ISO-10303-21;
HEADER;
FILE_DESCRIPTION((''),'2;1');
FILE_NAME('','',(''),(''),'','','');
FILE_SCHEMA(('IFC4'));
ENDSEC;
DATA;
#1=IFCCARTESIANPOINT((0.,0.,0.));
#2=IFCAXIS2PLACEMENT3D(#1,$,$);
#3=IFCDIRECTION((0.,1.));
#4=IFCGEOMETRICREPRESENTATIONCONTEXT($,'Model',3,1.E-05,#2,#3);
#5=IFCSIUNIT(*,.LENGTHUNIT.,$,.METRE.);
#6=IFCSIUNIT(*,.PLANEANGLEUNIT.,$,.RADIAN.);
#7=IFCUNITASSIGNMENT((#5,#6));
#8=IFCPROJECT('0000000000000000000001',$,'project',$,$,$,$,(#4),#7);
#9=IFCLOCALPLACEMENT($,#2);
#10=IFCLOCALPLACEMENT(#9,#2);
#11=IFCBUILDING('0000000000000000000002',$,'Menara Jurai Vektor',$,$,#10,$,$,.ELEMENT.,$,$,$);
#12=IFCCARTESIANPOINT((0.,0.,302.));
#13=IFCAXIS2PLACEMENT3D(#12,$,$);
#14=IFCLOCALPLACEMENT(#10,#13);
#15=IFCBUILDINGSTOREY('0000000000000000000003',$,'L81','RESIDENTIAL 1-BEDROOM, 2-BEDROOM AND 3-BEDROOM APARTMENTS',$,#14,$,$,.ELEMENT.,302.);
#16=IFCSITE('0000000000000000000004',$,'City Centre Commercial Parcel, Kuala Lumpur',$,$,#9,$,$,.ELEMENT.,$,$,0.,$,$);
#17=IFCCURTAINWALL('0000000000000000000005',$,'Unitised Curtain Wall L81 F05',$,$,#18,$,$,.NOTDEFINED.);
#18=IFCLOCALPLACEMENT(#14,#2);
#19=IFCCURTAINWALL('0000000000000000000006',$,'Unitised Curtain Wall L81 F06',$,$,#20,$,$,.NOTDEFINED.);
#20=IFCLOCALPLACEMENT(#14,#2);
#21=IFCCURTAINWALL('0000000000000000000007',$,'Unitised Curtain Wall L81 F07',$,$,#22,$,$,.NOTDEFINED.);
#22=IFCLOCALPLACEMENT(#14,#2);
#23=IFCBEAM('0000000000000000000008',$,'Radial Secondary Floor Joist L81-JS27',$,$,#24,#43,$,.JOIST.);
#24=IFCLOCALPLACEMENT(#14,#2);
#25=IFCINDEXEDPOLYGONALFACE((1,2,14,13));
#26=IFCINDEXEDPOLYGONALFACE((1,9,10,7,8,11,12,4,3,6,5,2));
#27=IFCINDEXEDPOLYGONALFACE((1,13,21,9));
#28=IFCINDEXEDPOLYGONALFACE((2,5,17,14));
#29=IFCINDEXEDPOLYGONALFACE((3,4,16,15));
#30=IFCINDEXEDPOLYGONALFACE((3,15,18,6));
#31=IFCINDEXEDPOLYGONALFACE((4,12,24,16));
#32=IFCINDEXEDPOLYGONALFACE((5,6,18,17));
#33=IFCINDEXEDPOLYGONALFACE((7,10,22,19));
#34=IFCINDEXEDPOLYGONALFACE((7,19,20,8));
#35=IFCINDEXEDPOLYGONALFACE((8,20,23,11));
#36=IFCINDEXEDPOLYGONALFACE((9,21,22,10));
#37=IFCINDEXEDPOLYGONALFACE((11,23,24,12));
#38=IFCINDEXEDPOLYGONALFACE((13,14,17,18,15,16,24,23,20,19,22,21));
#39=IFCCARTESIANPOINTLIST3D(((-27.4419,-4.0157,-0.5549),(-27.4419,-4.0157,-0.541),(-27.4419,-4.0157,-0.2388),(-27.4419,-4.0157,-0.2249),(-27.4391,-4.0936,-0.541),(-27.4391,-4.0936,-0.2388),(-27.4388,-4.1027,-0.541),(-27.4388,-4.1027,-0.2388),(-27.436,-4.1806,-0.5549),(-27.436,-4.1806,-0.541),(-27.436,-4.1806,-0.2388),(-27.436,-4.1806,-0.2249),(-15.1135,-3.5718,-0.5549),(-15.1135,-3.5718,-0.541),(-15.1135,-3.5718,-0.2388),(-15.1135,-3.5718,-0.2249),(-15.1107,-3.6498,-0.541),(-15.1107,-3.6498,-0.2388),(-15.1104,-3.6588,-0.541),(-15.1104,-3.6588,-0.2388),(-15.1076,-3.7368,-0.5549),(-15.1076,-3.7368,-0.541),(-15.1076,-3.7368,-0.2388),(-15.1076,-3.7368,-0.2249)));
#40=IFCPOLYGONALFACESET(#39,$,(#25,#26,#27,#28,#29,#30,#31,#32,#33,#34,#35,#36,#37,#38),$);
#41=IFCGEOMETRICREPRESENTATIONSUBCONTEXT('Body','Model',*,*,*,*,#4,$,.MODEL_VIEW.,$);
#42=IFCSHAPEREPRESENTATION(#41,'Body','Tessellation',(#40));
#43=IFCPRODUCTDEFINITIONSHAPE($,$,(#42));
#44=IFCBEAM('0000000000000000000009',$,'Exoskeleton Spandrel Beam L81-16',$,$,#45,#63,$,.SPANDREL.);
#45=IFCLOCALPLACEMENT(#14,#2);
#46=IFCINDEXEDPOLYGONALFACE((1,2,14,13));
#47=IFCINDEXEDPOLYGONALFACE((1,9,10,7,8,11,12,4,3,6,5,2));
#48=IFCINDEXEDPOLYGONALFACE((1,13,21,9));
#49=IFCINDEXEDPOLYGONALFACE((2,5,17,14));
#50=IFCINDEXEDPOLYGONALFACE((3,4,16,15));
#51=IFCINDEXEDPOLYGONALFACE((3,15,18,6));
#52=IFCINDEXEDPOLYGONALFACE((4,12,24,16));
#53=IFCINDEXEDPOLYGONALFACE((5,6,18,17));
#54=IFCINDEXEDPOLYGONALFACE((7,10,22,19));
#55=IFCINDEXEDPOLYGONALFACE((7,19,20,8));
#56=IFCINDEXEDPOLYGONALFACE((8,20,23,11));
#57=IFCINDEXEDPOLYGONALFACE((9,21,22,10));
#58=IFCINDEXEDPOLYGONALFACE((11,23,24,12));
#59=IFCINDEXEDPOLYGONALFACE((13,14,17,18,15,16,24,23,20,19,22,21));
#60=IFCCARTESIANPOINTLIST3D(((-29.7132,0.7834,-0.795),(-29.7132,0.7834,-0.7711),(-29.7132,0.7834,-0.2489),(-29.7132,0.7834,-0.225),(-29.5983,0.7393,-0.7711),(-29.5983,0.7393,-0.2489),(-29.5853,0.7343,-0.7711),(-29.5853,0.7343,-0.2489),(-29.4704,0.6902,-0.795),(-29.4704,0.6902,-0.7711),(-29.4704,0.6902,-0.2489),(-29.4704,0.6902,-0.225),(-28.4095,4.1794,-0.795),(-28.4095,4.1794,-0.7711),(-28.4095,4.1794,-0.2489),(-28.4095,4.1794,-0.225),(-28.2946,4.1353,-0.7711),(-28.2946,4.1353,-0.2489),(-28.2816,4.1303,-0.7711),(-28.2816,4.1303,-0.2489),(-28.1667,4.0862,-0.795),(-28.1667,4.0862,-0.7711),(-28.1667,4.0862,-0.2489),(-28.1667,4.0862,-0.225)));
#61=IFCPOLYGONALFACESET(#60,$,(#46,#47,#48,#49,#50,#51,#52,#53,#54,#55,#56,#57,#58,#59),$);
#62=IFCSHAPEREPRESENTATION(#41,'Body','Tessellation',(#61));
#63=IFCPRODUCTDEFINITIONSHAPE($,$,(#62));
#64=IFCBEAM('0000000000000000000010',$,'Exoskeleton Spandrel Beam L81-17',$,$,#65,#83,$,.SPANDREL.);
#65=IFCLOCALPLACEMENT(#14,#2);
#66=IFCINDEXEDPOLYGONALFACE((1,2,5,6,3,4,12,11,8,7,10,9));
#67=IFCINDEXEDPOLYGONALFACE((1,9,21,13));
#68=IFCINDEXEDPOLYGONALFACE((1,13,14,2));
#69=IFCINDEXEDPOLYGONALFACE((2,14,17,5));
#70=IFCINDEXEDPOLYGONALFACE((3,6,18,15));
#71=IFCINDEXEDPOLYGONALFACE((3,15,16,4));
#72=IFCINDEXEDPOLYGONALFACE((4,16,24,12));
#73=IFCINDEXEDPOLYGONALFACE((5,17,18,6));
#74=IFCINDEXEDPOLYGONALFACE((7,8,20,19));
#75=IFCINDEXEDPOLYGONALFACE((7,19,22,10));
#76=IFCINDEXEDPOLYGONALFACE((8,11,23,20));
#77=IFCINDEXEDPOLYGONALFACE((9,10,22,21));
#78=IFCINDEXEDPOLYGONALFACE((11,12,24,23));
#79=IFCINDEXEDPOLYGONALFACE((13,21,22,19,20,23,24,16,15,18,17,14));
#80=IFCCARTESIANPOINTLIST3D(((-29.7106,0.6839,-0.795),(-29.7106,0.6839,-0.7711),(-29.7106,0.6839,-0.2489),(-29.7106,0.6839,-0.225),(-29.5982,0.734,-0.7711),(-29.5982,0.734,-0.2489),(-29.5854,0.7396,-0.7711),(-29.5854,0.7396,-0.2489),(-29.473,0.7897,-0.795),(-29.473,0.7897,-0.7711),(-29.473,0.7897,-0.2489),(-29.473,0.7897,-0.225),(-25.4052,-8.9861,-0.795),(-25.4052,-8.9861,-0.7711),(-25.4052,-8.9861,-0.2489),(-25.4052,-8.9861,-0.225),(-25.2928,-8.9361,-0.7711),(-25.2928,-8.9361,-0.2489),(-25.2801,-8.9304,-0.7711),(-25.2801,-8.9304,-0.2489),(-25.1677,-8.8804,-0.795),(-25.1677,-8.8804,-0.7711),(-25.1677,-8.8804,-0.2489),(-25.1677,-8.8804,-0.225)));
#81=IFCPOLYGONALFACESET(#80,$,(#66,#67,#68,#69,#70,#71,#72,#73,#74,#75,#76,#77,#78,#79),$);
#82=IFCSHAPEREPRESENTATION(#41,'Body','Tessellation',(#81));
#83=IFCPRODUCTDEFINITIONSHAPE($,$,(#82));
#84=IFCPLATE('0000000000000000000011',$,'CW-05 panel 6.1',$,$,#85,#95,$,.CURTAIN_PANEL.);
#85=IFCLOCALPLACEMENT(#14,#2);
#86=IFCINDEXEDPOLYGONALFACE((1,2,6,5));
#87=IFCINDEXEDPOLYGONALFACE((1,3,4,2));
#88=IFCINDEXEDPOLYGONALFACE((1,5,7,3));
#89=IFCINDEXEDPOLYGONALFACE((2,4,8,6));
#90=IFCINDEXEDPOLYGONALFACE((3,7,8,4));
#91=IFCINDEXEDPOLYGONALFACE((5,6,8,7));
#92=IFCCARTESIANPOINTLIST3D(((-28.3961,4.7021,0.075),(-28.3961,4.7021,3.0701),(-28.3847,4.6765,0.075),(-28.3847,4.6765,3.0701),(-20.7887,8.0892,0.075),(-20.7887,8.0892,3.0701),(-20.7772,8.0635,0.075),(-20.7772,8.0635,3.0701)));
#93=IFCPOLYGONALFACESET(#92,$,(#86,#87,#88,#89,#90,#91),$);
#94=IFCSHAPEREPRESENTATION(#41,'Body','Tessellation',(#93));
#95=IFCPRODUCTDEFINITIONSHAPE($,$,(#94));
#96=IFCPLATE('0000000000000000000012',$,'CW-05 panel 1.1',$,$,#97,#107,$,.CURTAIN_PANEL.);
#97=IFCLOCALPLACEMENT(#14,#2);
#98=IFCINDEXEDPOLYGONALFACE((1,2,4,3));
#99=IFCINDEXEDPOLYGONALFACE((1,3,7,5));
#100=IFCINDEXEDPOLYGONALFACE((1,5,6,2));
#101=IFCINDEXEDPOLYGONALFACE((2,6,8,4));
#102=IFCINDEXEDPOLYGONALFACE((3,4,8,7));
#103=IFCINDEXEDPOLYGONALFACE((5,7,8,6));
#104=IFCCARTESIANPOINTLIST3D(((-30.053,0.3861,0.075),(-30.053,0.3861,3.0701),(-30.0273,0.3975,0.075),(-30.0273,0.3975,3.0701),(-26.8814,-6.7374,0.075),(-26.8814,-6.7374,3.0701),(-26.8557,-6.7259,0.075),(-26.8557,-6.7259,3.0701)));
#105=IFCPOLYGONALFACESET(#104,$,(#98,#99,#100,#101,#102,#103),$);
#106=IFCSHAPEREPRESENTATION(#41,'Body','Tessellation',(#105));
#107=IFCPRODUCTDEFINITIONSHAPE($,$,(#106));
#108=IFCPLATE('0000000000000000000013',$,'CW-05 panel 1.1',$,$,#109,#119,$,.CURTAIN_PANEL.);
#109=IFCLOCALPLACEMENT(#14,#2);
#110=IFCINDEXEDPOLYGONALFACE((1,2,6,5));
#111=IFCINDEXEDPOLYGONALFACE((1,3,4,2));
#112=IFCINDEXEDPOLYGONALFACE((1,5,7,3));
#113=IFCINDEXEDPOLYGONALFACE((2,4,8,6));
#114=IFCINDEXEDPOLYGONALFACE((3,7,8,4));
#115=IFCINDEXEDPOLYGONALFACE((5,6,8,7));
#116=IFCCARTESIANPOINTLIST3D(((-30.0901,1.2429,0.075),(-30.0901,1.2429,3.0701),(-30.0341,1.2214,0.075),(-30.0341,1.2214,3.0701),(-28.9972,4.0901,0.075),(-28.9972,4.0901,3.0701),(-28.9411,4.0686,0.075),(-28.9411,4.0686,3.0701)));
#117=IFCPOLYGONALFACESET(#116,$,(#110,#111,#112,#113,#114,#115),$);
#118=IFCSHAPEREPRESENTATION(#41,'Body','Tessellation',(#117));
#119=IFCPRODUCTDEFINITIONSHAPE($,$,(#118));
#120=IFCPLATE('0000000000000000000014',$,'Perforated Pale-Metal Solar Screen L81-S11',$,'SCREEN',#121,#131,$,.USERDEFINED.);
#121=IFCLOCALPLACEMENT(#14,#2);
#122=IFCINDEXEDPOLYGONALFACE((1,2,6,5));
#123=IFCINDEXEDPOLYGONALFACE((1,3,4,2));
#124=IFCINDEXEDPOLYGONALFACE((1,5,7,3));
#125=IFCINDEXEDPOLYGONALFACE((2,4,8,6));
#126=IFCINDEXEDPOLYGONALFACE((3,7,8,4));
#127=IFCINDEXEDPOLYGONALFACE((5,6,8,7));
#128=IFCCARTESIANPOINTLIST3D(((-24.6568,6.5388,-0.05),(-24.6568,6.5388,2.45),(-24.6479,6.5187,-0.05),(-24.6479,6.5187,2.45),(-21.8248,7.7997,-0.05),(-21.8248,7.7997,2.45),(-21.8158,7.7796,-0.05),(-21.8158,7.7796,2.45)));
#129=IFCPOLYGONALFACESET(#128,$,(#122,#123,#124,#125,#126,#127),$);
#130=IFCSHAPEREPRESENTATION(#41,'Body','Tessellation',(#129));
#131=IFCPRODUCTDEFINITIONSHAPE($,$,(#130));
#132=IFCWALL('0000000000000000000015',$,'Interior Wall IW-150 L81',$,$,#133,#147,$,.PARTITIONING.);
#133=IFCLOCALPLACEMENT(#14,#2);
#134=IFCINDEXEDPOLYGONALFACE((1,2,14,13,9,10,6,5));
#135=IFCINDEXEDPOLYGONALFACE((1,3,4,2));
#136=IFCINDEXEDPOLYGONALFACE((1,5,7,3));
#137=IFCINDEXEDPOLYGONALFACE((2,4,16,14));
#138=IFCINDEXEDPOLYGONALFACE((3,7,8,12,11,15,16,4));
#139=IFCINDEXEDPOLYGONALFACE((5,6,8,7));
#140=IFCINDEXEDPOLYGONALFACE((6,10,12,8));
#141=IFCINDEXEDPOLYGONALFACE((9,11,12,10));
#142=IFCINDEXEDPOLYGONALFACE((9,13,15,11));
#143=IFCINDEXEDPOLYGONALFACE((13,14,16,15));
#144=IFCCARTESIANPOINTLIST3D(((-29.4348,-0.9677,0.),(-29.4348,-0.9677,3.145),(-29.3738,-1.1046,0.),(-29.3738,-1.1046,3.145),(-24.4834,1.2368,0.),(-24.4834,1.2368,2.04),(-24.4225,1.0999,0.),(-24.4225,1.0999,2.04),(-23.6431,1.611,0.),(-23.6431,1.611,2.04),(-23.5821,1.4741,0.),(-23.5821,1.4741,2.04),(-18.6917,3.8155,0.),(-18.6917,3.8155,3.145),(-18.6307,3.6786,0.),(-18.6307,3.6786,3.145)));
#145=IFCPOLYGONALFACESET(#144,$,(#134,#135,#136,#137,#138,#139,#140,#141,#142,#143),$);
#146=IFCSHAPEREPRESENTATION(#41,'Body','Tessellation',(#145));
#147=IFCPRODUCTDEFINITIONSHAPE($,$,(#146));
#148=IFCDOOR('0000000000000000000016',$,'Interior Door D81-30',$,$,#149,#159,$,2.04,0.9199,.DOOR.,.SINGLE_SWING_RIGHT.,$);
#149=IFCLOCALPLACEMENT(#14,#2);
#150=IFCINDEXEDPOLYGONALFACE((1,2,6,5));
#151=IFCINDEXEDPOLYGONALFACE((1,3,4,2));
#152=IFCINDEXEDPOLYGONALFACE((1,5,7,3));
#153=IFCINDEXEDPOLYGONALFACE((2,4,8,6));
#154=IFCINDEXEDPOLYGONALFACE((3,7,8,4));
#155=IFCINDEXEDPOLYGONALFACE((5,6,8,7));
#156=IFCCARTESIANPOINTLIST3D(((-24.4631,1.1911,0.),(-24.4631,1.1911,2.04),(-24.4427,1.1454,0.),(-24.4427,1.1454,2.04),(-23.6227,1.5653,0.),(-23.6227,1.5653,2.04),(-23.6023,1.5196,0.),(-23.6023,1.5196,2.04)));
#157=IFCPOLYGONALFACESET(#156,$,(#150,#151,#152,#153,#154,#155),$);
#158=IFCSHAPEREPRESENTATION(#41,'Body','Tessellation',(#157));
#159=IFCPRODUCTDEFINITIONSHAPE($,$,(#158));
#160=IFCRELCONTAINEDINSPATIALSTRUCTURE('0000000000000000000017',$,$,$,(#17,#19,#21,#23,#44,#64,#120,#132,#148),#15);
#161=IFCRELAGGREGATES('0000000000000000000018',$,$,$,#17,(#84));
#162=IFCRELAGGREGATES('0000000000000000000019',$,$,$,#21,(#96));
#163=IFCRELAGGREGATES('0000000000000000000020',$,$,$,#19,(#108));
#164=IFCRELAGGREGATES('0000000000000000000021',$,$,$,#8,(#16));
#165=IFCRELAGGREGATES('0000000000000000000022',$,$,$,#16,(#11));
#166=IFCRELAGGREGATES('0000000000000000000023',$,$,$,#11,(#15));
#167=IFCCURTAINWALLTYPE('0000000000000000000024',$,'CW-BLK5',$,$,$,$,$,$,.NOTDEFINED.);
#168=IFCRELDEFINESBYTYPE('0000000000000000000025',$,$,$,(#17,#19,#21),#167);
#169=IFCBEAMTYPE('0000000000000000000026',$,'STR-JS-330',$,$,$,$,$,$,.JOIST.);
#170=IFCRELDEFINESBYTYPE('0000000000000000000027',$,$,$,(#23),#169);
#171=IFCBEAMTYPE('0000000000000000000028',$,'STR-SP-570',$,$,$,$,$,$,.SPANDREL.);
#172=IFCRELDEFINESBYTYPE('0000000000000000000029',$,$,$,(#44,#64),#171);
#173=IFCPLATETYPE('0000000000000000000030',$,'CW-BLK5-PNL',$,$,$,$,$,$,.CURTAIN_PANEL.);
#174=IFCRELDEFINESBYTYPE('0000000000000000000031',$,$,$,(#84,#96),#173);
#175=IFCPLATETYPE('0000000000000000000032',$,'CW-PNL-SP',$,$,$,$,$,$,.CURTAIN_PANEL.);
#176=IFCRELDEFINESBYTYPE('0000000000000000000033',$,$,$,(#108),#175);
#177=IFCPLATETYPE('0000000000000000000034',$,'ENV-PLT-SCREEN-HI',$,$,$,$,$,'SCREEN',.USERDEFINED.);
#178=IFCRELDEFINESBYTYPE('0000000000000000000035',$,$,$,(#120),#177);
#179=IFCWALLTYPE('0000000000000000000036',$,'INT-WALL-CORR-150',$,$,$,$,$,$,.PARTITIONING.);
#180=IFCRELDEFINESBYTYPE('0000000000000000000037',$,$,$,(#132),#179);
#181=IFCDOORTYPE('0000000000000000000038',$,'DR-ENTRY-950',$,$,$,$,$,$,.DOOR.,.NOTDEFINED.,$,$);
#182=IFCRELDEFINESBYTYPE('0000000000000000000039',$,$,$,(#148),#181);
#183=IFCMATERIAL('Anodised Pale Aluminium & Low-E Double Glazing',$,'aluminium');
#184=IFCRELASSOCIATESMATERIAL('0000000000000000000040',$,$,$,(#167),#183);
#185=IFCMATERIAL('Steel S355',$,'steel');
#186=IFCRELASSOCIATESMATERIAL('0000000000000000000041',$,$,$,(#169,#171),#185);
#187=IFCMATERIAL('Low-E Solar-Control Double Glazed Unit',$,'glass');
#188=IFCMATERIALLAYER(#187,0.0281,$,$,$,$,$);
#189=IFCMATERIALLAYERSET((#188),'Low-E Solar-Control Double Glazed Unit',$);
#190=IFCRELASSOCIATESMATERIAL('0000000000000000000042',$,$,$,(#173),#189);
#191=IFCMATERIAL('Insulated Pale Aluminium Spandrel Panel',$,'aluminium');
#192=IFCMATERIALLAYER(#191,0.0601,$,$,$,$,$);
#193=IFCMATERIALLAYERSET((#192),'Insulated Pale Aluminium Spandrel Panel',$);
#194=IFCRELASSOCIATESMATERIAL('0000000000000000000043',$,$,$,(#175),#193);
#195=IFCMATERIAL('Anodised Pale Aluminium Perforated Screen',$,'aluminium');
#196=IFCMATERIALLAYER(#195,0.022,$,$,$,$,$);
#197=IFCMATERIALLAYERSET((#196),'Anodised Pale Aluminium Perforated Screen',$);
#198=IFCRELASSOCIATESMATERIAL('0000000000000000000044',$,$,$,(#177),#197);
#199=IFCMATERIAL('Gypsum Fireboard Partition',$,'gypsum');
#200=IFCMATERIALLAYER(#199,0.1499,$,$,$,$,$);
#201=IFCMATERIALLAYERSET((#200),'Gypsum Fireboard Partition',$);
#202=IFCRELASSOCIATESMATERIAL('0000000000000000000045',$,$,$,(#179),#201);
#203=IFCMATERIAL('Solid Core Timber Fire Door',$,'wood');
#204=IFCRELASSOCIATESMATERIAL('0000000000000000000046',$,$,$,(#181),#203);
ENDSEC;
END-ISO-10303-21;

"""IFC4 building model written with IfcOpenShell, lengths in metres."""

from ifc_helpers import new_model, si_unit, direction, frame, frame_2d, origin, origin_2d, place, context, subcontext, project, spatial, rectangle, i_section, extrude, material, layer, layer_set, material_profile, profile_set, type_object, element, fill, aggregate, save


model = new_model("IFC4")

# Units and contexts
model_context = context("Model", 3, precision=1e-05, world=origin(), true_north=direction((0.0, 1.0)))
body_context = subcontext(model_context, "Body", "Model", "MODEL_VIEW")
ifc_project = project(units=[si_unit("LENGTHUNIT", "METRE"), si_unit("PLANEANGLEUNIT", "RADIAN")], contexts=[model_context])

# Site, building, storey
site_placement = place(None, origin())
site = spatial("IfcSite", under=ifc_project, at=site_placement, Name="City Centre Commercial Parcel, Kuala Lumpur", CompositionType="ELEMENT", RefElevation=0.0)
building_placement = place(site_placement, origin())
building = spatial("IfcBuilding", under=site, at=building_placement, Name="Menara Jurai Vektor", CompositionType="ELEMENT")
storey_placement = place(building_placement, frame((0.0, 0.0, 302.0)))
storey = spatial("IfcBuildingStorey", under=building, at=storey_placement, Name="L81", Description="RESIDENTIAL 1-BEDROOM, 2-BEDROOM AND 3-BEDROOM APARTMENTS", CompositionType="ELEMENT", Elevation=302.0)

# Curtain wall
ifc_material_1 = material(Name="Anodised Pale Aluminium & Low-E Double Glazing", Category="aluminium")
curtain_wall_type = type_object("IfcCurtainWallType", Name="CW-BLK5", PredefinedType="NOTDEFINED", material=ifc_material_1)
curtain_wall_1_placement = place(storey_placement, origin())
curtain_wall_1 = element("IfcCurtainWall", 1, at=curtain_wall_1_placement, inside=storey, type_object=curtain_wall_type, Name="Unitised Curtain Wall L81 F05", PredefinedType="NOTDEFINED")

# Curtain wall
curtain_wall_2_placement = place(storey_placement, origin())
curtain_wall_2 = element("IfcCurtainWall", 2, at=curtain_wall_2_placement, inside=storey, type_object=curtain_wall_type, Name="Unitised Curtain Wall L81 F06", PredefinedType="NOTDEFINED")

# Curtain wall
curtain_wall_3_placement = place(storey_placement, origin())
curtain_wall_3 = element("IfcCurtainWall", 3, at=curtain_wall_3_placement, inside=storey, type_object=curtain_wall_type, Name="Unitised Curtain Wall L81 F07", PredefinedType="NOTDEFINED")

# Shared definitions
ifc_material_2 = material(Name="Steel S355", Category="steel")

# Beams
ifc_material_profile_1 = material_profile(ifc_material_2, i_section(OverallWidth=0.165, OverallDepth=0.3301, WebThickness=0.009, FlangeThickness=0.0139, at=origin_2d()), Name="PG 330x165x46")
ifc_profile_set_1 = profile_set([ifc_material_profile_1], Name="Steel S355")
beam_type_1 = type_object("IfcBeamType", Name="STR-JS-330", PredefinedType="JOIST", material=ifc_profile_set_1)
beam_1_placement = place(storey_placement, frame((-27.439, -4.0981, -0.3899), z_axis=(0.999353, 0.035979, 0.0), x_axis=(-0.035979, 0.999353, 0.0)))
element("IfcBeam", 4, at=beam_1_placement, inside=storey, type_object=beam_type_1, Name="Radial Secondary Floor Joist L81-JS27", PredefinedType="JOIST", context=body_context, shape_type="SweptSolid", body=[
    extrude(i_section(OverallWidth=0.165, OverallDepth=0.3301, WebThickness=0.009, FlangeThickness=0.0139, at=origin_2d()), origin(), (0.0, 0.0, 1.0), 12.3364),
])
ifc_material_profile_2 = material_profile(ifc_material_2, i_section(OverallWidth=0.26, OverallDepth=0.5701, WebThickness=0.0139, FlangeThickness=0.0239, at=origin_2d()), Name="PG 570x260x145")
ifc_profile_set_2 = profile_set([ifc_material_profile_2], Name="Steel S355")
beam_type_2 = type_object("IfcBeamType", Name="STR-SP-570", PredefinedType="SPANDREL", material=ifc_profile_set_2)
beam_2_placement = place(storey_placement, frame((-28.2881, 4.1328, -0.51), z_axis=(-0.358394, -0.93357, 0.0), x_axis=(0.93357, -0.358394, 0.0)))
element("IfcBeam", 5, at=beam_2_placement, inside=storey, type_object=beam_type_2, Name="Exoskeleton Spandrel Beam L81-16", PredefinedType="SPANDREL", context=body_context, shape_type="SweptSolid", body=[
    extrude(i_section(OverallWidth=0.26, OverallDepth=0.5701, WebThickness=0.0139, FlangeThickness=0.0239, at=origin_2d()), origin(), (0.0, 0.0, 1.0), 3.6377),
])
beam_3_placement = place(storey_placement, frame((-29.5918, 0.7368, -0.51), z_axis=(0.406735, -0.913546, 0.0), x_axis=(0.913546, 0.406735, 0.0)))
element("IfcBeam", 6, at=beam_3_placement, inside=storey, type_object=beam_type_2, Name="Exoskeleton Spandrel Beam L81-17", PredefinedType="SPANDREL", context=body_context, shape_type="SweptSolid", body=[
    extrude(i_section(OverallWidth=0.26, OverallDepth=0.5701, WebThickness=0.0139, FlangeThickness=0.0239, at=origin_2d()), origin(), (0.0, 0.0, 1.0), 10.5852),
])

# Plates
ifc_material_3 = material(Name="Low-E Solar-Control Double Glazed Unit", Category="glass")
ifc_layer_1 = layer(ifc_material_3, 0.0281)
ifc_layer_set_1 = layer_set([ifc_layer_1], Name="Low-E Solar-Control Double Glazed Unit")
plate_type_1 = type_object("IfcPlateType", Name="CW-BLK5-PNL", PredefinedType="CURTAIN_PANEL", material=ifc_layer_set_1)
plate_1_placement = place(storey_placement, frame((-24.5867, 6.3828, 0.075), z_axis=(0.0, 0.0, 1.0), x_axis=(-0.913546, -0.406735, 0.0)))
plate_1 = element("IfcPlate", 7, at=plate_1_placement, type_object=plate_type_1, Name="CW-05 panel 6.1", PredefinedType="CURTAIN_PANEL", context=body_context, shape_type="SweptSolid", body=[
    extrude(rectangle(XDim=8.3274, YDim=0.0281, at=origin_2d()), origin(), (0.0, 0.0, 1.0), 2.9951),
])
aggregate(curtain_wall_1, [plate_1])
plate_2_placement = place(storey_placement, frame((-28.4543, -3.1699, 0.075), z_axis=(0.0, 0.0, 1.0), x_axis=(0.406735, -0.913546, 0.0)))
plate_2 = element("IfcPlate", 8, at=plate_2_placement, type_object=plate_type_1, Name="CW-05 panel 1.1", PredefinedType="CURTAIN_PANEL", context=body_context, shape_type="SweptSolid", body=[
    extrude(rectangle(XDim=7.7976, YDim=0.0281, at=origin_2d()), origin(), (0.0, 0.0, 1.0), 2.9951),
])
aggregate(curtain_wall_3, [plate_2])
ifc_material_4 = material(Name="Insulated Pale Aluminium Spandrel Panel", Category="aluminium")
ifc_layer_2 = layer(ifc_material_4, 0.0601)
ifc_layer_set_2 = layer_set([ifc_layer_2], Name="Insulated Pale Aluminium Spandrel Panel")
plate_type_2 = type_object("IfcPlateType", Name="CW-PNL-SP", PredefinedType="CURTAIN_PANEL", material=ifc_layer_set_2)
plate_3_placement = place(storey_placement, frame((-29.5156, 2.6558, 0.075), z_axis=(0.0, 0.0, 1.0), x_axis=(-0.358374, -0.933578, 0.0)))
plate_3 = element("IfcPlate", 9, at=plate_3_placement, type_object=plate_type_2, Name="CW-05 panel 1.1", PredefinedType="CURTAIN_PANEL", context=body_context, shape_type="SweptSolid", body=[
    extrude(rectangle(XDim=3.0498, YDim=0.0601, at=origin_2d()), origin(), (0.0, 0.0, 1.0), 2.9951),
])
aggregate(curtain_wall_2, [plate_3])
ifc_material_5 = material(Name="Anodised Pale Aluminium Perforated Screen", Category="aluminium")
ifc_layer_3 = layer(ifc_material_5, 0.022)
ifc_layer_set_3 = layer_set([ifc_layer_3], Name="Anodised Pale Aluminium Perforated Screen")
plate_type_3 = type_object("IfcPlateType", Name="ENV-PLT-SCREEN-HI", ElementType="SCREEN", PredefinedType="USERDEFINED", material=ifc_layer_set_3)
plate_4_placement = place(storey_placement, frame((-23.2363, 7.1592, -0.05), z_axis=(0.0, 0.0, 1.0), x_axis=(-0.913545, -0.406737, 0.0)))
element("IfcPlate", 10, at=plate_4_placement, inside=storey, type_object=plate_type_3, Name="Perforated Pale-Metal Solar Screen L81-S11", ObjectType="SCREEN", PredefinedType="USERDEFINED", context=body_context, shape_type="SweptSolid", body=[
    extrude(rectangle(XDim=3.1001, YDim=0.022, at=origin_2d()), origin(), (0.0, 0.0, 1.0), 2.5),
])

# Wall, opening, door
ifc_material_6 = material(Name="Gypsum Fireboard Partition", Category="gypsum")
ifc_layer_4 = layer(ifc_material_6, 0.1499)
ifc_layer_set_4 = layer_set([ifc_layer_4], Name="Gypsum Fireboard Partition")
wall_type = type_object("IfcWallType", Name="INT-WALL-CORR-150", PredefinedType="PARTITIONING", material=ifc_layer_set_4)
wall_1_placement = place(storey_placement, frame((-29.4043, -1.0361, 0.0), z_axis=(0.0, 0.0, 1.0), x_axis=(0.913544, 0.406739, 0.0)))
wall_1 = element("IfcWall", 11, at=wall_1_placement, inside=storey, type_object=wall_type, Name="Interior Wall IW-150 L81", PredefinedType="PARTITIONING", context=body_context, shape_type="SweptSolid", body=[
    extrude(rectangle(XDim=11.7598, YDim=0.1499, at=frame_2d((5.8799, 0.0))), origin(), (0.0, 0.0, 1.0), 3.145),
])
opening_1_placement = place(wall_1_placement, frame((5.4199, 0.0, 0.0)))
opening_1 = element("IfcOpeningElement", 12, at=opening_1_placement, cuts=wall_1, PredefinedType="OPENING", context=body_context, shape_type="SweptSolid", body=[
    extrude(rectangle(XDim=0.9199, YDim=2.04, at=frame_2d((0.46, 1.02))), frame((0.0, 0.085, 0.0), z_axis=(0.0, -1.0, 0.0), x_axis=(1.0, 0.0, 0.0)), (0.0, 0.0, 1.0), 0.1699),
])
ifc_material_7 = material(Name="Solid Core Timber Fire Door", Category="wood")
door_type = type_object("IfcDoorType", Name="DR-ENTRY-950", OperationType="NOTDEFINED", PredefinedType="DOOR", material=ifc_material_7)
door_1_placement = place(opening_1_placement, origin())
door_1 = element("IfcDoor", 13, at=door_1_placement, inside=storey, type_object=door_type, Name="Interior Door D81-30", OperationType="SINGLE_SWING_RIGHT", OverallHeight=2.04, OverallWidth=0.9199, PredefinedType="DOOR", context=body_context, shape_type="SweptSolid", body=[
    extrude(rectangle(XDim=0.9199, YDim=2.04, at=frame_2d((0.46, 1.02))), frame((0.0, 0.0249, 0.0), z_axis=(0.0, -1.0, 0.0), x_axis=(1.0, 0.0, 0.0)), (0.0, 0.0, 1.0), 0.05),
])
fill(opening_1, door_1)

save(model, "model.ifc")
